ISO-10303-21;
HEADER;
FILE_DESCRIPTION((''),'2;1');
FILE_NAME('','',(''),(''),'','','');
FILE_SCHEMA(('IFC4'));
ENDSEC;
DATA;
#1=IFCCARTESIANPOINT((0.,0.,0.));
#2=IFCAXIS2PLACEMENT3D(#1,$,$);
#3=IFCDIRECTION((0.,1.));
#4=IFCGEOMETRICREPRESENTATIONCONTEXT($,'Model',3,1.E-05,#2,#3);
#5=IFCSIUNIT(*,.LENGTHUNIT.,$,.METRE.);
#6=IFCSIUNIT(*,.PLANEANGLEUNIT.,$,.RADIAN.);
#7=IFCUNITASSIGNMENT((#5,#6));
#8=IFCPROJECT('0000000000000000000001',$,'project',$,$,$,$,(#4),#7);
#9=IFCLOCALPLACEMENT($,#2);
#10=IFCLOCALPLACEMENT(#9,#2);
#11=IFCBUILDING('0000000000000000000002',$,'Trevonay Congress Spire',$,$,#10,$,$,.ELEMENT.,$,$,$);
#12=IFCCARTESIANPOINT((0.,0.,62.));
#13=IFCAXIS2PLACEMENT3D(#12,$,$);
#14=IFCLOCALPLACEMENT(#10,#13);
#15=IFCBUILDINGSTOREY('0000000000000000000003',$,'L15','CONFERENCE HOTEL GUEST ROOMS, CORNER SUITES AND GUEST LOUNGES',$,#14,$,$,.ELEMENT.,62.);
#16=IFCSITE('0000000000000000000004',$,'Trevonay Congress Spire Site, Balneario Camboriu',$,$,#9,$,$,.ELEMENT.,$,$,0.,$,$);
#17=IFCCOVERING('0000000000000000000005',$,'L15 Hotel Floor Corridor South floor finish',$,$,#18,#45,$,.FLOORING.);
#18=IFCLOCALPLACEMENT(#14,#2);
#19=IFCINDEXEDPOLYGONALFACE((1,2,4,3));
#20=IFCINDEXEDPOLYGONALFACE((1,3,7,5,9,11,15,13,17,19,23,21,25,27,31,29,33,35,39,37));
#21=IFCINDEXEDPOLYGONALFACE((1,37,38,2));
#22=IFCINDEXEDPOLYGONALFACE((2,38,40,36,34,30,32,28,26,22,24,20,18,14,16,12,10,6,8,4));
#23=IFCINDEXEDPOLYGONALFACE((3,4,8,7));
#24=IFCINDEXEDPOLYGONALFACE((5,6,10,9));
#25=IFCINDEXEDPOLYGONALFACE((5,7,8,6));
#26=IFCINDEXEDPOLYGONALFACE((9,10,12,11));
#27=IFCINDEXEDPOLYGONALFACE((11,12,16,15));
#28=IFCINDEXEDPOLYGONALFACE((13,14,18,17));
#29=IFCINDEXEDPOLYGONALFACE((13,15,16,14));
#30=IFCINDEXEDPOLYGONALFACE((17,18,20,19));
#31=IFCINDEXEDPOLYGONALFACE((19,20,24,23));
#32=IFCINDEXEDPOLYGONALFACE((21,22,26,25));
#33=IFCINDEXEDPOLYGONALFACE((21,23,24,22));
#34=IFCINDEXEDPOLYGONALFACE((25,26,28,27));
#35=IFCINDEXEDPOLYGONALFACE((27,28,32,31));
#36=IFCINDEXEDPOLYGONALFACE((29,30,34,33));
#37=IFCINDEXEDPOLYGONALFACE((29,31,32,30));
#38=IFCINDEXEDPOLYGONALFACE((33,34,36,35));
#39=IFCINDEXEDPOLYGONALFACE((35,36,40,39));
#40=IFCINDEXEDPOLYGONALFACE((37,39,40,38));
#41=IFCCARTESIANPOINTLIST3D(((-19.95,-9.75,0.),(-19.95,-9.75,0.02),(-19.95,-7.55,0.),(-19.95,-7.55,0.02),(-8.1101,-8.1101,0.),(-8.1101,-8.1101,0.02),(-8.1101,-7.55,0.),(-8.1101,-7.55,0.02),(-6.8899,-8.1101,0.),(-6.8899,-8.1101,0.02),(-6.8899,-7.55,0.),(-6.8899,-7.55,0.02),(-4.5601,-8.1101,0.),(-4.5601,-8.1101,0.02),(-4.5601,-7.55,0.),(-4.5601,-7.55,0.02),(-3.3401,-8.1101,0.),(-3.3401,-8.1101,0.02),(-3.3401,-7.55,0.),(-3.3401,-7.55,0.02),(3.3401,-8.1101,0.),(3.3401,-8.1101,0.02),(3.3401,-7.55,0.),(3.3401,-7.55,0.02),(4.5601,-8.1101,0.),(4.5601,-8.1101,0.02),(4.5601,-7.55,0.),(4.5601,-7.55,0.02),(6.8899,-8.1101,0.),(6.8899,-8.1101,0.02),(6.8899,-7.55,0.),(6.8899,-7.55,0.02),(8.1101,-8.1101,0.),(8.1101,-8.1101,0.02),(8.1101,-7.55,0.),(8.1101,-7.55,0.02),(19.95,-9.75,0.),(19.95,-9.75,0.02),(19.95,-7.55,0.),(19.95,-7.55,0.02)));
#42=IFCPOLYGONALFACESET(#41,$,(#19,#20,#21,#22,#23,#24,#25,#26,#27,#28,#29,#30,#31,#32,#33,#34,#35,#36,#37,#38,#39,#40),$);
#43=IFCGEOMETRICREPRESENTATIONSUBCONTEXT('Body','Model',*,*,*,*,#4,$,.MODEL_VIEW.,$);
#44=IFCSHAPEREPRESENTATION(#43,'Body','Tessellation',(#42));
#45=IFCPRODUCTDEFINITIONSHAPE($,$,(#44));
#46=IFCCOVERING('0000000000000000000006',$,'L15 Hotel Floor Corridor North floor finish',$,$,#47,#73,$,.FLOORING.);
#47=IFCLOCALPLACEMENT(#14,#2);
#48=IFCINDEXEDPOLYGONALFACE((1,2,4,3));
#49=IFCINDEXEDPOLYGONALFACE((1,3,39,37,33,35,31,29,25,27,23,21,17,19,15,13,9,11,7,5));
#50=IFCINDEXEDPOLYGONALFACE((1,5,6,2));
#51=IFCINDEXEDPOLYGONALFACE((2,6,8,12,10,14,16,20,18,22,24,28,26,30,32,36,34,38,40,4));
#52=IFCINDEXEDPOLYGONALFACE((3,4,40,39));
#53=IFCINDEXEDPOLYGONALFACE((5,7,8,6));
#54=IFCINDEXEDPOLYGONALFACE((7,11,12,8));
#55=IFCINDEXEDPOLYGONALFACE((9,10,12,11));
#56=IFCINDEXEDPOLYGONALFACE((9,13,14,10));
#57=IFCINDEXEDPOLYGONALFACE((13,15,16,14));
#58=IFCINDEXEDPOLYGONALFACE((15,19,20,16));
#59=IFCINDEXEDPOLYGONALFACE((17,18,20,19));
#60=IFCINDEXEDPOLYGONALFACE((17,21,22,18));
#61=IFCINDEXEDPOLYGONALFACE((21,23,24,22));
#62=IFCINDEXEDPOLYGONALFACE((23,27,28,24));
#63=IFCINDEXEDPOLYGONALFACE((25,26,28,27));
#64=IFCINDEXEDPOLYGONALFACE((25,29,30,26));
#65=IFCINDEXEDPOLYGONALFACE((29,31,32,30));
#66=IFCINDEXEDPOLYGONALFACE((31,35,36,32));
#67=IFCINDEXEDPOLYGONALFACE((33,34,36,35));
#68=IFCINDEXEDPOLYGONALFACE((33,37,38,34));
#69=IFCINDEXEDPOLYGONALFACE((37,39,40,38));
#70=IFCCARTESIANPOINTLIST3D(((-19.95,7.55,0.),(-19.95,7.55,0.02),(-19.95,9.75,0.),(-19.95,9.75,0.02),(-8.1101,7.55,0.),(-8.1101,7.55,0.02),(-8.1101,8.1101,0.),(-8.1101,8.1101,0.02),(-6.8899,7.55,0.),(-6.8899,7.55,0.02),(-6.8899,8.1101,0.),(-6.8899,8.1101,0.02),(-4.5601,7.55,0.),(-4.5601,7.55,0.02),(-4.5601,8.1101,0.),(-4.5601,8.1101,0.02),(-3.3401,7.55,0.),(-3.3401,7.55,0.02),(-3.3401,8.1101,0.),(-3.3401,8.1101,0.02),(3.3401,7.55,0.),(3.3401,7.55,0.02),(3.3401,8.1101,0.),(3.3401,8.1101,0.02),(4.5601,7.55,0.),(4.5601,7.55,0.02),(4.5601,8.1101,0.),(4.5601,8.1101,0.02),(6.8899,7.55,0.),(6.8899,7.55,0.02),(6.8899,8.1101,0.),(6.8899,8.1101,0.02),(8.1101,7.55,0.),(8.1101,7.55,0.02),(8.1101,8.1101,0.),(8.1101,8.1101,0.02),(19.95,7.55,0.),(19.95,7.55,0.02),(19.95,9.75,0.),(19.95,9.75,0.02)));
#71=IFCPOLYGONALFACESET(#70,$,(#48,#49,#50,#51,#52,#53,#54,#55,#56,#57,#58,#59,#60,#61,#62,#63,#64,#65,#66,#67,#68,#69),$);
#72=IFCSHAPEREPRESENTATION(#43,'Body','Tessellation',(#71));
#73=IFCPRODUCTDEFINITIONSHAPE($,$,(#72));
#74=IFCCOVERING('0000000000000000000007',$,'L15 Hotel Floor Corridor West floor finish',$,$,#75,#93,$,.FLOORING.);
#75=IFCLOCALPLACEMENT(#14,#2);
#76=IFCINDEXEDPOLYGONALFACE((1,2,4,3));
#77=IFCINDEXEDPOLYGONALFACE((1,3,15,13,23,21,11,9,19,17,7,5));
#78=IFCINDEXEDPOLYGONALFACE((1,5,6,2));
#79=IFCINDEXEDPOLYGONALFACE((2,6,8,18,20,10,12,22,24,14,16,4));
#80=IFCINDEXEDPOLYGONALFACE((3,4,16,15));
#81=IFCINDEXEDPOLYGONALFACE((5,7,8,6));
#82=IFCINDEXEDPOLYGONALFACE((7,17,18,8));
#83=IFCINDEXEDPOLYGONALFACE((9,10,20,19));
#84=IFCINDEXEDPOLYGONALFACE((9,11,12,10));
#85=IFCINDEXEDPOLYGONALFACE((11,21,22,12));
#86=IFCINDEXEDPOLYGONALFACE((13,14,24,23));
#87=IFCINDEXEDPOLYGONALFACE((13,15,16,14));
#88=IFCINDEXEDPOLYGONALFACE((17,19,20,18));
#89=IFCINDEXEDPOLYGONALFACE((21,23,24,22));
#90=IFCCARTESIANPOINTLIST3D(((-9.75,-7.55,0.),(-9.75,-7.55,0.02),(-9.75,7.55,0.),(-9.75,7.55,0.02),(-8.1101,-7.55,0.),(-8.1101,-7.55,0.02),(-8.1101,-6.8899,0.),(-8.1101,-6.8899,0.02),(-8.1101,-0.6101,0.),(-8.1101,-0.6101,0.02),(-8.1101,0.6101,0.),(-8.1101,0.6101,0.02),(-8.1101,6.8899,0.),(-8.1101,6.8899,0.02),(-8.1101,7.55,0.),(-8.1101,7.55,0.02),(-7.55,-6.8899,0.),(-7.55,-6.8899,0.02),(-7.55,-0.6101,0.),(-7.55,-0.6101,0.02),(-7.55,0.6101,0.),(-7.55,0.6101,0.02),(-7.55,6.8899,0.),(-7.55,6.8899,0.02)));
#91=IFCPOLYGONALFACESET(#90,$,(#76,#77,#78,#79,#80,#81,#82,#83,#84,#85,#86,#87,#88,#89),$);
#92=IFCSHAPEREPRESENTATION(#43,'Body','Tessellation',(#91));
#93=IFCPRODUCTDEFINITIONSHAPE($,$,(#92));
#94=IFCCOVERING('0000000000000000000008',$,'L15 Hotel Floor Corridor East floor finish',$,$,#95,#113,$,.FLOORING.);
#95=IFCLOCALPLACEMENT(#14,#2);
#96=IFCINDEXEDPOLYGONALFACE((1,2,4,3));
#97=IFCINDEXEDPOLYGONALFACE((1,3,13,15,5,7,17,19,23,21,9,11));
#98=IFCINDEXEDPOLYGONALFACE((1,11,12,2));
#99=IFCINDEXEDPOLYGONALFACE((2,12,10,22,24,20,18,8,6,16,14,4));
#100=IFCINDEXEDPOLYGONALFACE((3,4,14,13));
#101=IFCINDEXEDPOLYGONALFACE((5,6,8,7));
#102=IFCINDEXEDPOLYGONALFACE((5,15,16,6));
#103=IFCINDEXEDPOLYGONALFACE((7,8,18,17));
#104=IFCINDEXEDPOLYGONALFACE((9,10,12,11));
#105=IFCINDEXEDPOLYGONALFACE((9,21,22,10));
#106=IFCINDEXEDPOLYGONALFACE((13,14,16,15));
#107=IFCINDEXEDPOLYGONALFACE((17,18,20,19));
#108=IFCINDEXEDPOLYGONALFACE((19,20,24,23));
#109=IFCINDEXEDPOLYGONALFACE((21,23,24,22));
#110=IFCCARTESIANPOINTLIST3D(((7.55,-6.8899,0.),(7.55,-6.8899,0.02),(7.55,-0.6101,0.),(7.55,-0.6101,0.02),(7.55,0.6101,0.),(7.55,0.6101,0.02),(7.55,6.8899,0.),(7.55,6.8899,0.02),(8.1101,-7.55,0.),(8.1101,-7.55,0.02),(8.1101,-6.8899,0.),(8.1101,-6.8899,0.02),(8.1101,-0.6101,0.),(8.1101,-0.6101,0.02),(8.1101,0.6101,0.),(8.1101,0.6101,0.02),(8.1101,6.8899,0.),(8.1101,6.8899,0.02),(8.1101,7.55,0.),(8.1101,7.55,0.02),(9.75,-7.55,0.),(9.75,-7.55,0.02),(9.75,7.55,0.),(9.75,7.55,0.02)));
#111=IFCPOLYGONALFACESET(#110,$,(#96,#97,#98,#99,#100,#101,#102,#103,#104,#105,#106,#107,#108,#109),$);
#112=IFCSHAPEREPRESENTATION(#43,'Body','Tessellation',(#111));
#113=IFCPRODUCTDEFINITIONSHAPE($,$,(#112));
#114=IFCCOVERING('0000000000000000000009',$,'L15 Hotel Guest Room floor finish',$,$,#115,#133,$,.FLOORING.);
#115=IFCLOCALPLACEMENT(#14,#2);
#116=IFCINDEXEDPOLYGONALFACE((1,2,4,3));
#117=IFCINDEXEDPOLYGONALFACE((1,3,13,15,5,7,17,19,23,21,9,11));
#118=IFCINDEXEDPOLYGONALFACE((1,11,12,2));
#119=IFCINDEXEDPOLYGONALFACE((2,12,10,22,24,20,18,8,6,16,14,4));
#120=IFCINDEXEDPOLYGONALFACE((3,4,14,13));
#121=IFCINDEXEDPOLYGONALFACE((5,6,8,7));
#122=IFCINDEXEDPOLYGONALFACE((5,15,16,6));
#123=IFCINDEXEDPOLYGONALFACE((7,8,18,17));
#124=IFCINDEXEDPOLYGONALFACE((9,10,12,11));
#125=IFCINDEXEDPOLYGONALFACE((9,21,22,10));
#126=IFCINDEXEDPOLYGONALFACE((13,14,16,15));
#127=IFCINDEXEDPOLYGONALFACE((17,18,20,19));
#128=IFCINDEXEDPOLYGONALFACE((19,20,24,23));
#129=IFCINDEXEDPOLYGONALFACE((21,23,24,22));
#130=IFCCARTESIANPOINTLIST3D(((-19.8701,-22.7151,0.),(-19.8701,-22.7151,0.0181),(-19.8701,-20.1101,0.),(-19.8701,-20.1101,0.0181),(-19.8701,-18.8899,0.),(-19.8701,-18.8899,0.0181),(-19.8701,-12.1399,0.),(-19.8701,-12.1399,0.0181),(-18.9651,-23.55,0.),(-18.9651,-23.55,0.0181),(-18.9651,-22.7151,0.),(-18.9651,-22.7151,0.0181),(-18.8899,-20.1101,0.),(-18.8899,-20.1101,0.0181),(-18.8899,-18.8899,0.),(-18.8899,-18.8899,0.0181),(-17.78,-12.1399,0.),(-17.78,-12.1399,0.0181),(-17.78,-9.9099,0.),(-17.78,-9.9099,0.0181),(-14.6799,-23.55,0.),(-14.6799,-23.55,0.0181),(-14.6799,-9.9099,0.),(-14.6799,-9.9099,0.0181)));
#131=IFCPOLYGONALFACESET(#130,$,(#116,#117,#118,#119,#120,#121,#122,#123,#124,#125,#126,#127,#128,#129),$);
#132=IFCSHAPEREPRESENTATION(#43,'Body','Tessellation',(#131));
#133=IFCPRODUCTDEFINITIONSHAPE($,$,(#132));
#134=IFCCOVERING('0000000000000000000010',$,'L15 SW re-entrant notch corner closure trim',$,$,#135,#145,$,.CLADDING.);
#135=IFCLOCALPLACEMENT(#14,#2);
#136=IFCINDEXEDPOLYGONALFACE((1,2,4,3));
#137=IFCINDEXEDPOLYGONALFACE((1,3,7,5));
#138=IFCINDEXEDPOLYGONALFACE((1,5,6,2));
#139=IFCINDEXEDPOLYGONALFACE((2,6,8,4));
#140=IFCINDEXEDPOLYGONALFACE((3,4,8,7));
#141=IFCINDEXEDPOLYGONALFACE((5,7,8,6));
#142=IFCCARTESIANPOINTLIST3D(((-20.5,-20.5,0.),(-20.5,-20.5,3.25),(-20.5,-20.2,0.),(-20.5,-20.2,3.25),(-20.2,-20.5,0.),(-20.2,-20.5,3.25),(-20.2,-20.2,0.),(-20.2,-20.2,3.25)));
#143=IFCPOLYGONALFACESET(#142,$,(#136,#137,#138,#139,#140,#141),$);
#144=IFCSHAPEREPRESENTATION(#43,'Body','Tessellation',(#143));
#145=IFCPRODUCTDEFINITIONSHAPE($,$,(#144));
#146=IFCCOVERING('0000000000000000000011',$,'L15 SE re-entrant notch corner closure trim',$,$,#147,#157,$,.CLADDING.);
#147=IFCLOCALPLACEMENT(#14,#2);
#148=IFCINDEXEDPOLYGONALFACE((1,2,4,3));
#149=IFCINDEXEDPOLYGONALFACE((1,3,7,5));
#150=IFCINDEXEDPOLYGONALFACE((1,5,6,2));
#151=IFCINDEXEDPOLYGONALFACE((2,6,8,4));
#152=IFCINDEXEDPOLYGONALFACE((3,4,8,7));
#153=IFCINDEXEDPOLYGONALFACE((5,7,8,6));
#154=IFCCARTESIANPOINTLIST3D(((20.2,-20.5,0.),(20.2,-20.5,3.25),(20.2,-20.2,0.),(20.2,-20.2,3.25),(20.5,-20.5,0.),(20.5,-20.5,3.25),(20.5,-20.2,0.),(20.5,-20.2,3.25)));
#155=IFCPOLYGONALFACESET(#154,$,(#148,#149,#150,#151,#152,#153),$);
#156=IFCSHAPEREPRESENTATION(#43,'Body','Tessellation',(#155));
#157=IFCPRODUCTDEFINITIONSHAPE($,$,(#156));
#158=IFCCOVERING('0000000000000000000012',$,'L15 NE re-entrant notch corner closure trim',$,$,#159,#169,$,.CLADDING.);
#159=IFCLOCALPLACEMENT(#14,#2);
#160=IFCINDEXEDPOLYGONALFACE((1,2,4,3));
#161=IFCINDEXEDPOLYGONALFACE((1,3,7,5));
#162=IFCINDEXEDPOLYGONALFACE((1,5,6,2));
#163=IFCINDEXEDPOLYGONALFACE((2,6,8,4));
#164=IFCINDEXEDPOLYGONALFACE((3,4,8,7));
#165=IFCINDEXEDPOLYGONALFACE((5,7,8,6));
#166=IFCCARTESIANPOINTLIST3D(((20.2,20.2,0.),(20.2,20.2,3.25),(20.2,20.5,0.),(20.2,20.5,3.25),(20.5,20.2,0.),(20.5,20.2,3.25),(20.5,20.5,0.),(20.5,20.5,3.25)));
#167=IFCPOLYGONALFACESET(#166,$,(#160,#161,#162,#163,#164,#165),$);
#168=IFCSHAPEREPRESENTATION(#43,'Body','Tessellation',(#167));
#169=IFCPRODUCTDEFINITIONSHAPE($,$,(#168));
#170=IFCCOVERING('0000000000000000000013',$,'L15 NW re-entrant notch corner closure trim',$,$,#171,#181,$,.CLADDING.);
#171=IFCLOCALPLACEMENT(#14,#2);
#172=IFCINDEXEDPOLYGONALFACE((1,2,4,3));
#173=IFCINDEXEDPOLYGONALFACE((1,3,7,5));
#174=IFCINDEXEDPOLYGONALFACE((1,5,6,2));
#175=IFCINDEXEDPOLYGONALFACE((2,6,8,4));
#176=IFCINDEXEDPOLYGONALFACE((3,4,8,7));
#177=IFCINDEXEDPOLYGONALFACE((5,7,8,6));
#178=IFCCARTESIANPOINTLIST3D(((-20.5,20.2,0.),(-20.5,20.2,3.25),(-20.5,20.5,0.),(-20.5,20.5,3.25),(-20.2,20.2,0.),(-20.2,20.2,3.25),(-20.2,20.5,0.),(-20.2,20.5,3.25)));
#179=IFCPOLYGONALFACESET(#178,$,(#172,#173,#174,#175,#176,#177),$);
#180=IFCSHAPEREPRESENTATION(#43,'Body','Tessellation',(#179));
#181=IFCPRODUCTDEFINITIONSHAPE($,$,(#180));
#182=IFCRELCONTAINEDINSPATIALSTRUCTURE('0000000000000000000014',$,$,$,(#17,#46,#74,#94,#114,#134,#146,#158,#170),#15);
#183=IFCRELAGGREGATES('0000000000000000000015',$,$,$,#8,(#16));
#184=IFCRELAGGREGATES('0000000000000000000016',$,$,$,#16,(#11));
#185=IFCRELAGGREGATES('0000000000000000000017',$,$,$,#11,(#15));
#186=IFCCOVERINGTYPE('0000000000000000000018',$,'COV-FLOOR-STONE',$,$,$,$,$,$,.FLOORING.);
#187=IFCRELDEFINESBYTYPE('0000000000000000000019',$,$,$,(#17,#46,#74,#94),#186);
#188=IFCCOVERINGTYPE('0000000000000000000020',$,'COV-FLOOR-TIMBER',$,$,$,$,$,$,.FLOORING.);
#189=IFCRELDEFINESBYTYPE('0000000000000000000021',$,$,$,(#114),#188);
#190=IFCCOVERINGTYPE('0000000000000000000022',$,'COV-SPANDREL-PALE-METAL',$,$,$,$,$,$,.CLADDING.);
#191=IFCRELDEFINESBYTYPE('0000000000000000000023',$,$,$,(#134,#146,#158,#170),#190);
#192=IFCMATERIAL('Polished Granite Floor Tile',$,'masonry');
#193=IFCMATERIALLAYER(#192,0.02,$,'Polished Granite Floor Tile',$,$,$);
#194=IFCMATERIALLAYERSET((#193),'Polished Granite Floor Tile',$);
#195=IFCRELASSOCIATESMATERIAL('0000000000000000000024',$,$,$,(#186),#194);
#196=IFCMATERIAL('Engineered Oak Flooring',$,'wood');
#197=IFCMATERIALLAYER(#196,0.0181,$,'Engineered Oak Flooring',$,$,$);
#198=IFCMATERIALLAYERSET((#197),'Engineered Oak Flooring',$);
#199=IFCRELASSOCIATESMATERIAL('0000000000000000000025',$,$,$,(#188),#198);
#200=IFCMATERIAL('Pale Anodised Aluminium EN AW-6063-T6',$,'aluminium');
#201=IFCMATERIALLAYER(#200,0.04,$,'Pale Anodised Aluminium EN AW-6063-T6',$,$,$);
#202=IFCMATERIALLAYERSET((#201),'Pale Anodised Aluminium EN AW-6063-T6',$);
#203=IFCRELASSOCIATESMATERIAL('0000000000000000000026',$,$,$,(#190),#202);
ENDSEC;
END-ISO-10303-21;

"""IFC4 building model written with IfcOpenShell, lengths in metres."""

from ifc_helpers import new_model, si_unit, direction, frame, origin, place, context, subcontext, project, spatial, polyline, outline, extrude, material, layer, layer_set, type_object, element, save


model = new_model("IFC4")

# Units and contexts
model_context = context("Model", 3, precision=1e-05, world=origin(), true_north=direction((0.0, 1.0)))
body_context = subcontext(model_context, "Body", "Model", "MODEL_VIEW")
ifc_project = project(units=[si_unit("LENGTHUNIT", "METRE"), si_unit("PLANEANGLEUNIT", "RADIAN")], contexts=[model_context])

# Site, building, storey
site_placement = place(None, origin())
site = spatial("IfcSite", under=ifc_project, at=site_placement, Name="Trevonay Congress Spire Site, Balneario Camboriu", CompositionType="ELEMENT", RefElevation=0.0)
building_placement = place(site_placement, origin())
building = spatial("IfcBuilding", under=site, at=building_placement, Name="Trevonay Congress Spire", CompositionType="ELEMENT")
storey_placement = place(building_placement, frame((0.0, 0.0, 62.0)))
storey = spatial("IfcBuildingStorey", under=building, at=storey_placement, Name="L15", Description="CONFERENCE HOTEL GUEST ROOMS, CORNER SUITES AND GUEST LOUNGES", CompositionType="ELEMENT", Elevation=62.0)

# Shared definitions
ifc_material_1 = material(Name="Pale Anodised Aluminium EN AW-6063-T6", Category="aluminium")

# Coverings
ifc_material_2 = material(Name="Polished Granite Floor Tile", Category="masonry")
ifc_layer_1 = layer(ifc_material_2, 0.02, Name="Polished Granite Floor Tile")
ifc_layer_set_1 = layer_set([ifc_layer_1], Name="Polished Granite Floor Tile")
covering_type_1 = type_object("IfcCoveringType", Name="COV-FLOOR-STONE", PredefinedType="FLOORING", material=ifc_layer_set_1)
covering_1_placement = place(storey_placement, origin())
element("IfcCovering", 1, at=covering_1_placement, inside=storey, type_object=covering_type_1, Name="L15 Hotel Floor Corridor South floor finish", PredefinedType="FLOORING", context=body_context, shape_type="SweptSolid", body=[
    extrude(outline(polyline([(19.95, -7.55), (19.95, -9.75), (-19.95, -9.75), (-19.95, -7.55), (-8.1101, -7.55), (-8.1101, -8.1101), (-6.8899, -8.1101), (-6.8899, -7.55), (-4.5601, -7.55), (-4.5601, -8.1101), (-3.3401, -8.1101), (-3.3401, -7.55), (3.3401, -7.55), (3.3401, -8.1101), (4.5601, -8.1101), (4.5601, -7.55), (6.8899, -7.55), (6.8899, -8.1101), (8.1101, -8.1101), (8.1101, -7.55), (19.95, -7.55)])), origin(), (0.0, 0.0, 1.0), 0.02),
])
covering_2_placement = place(storey_placement, origin())
element("IfcCovering", 2, at=covering_2_placement, inside=storey, type_object=covering_type_1, Name="L15 Hotel Floor Corridor North floor finish", PredefinedType="FLOORING", context=body_context, shape_type="SweptSolid", body=[
    extrude(outline(polyline([(-19.95, 7.55), (-19.95, 9.75), (19.95, 9.75), (19.95, 7.55), (8.1101, 7.55), (8.1101, 8.1101), (6.8899, 8.1101), (6.8899, 7.55), (4.5601, 7.55), (4.5601, 8.1101), (3.3401, 8.1101), (3.3401, 7.55), (-3.3401, 7.55), (-3.3401, 8.1101), (-4.5601, 8.1101), (-4.5601, 7.55), (-6.8899, 7.55), (-6.8899, 8.1101), (-8.1101, 8.1101), (-8.1101, 7.55), (-19.95, 7.55)])), origin(), (0.0, 0.0, 1.0), 0.02),
])
covering_3_placement = place(storey_placement, origin())
element("IfcCovering", 3, at=covering_3_placement, inside=storey, type_object=covering_type_1, Name="L15 Hotel Floor Corridor West floor finish", PredefinedType="FLOORING", context=body_context, shape_type="SweptSolid", body=[
    extrude(outline(polyline([(-9.75, 7.55), (-8.1101, 7.55), (-8.1101, 6.8899), (-7.55, 6.8899), (-7.55, 0.6101), (-8.1101, 0.6101), (-8.1101, -0.6101), (-7.55, -0.6101), (-7.55, -6.8899), (-8.1101, -6.8899), (-8.1101, -7.55), (-9.75, -7.55), (-9.75, 7.55)])), origin(), (0.0, 0.0, 1.0), 0.02),
])
covering_4_placement = place(storey_placement, origin())
element("IfcCovering", 4, at=covering_4_placement, inside=storey, type_object=covering_type_1, Name="L15 Hotel Floor Corridor East floor finish", PredefinedType="FLOORING", context=body_context, shape_type="SweptSolid", body=[
    extrude(outline(polyline([(9.75, -7.55), (8.1101, -7.55), (8.1101, -6.8899), (7.55, -6.8899), (7.55, -0.6101), (8.1101, -0.6101), (8.1101, 0.6101), (7.55, 0.6101), (7.55, 6.8899), (8.1101, 6.8899), (8.1101, 7.55), (9.75, 7.55), (9.75, -7.55)])), origin(), (0.0, 0.0, 1.0), 0.02),
])
ifc_material_3 = material(Name="Engineered Oak Flooring", Category="wood")
ifc_layer_2 = layer(ifc_material_3, 0.0181, Name="Engineered Oak Flooring")
ifc_layer_set_2 = layer_set([ifc_layer_2], Name="Engineered Oak Flooring")
covering_type_2 = type_object("IfcCoveringType", Name="COV-FLOOR-TIMBER", PredefinedType="FLOORING", material=ifc_layer_set_2)
covering_5_placement = place(storey_placement, origin())
element("IfcCovering", 5, at=covering_5_placement, inside=storey, type_object=covering_type_2, Name="L15 Hotel Guest Room floor finish", PredefinedType="FLOORING", context=body_context, shape_type="SweptSolid", body=[
    extrude(outline(polyline([(-19.8701, -12.1399), (-17.78, -12.1399), (-17.78, -9.9099), (-14.6799, -9.9099), (-14.6799, -23.55), (-18.9651, -23.55), (-18.9651, -22.7151), (-19.8701, -22.7151), (-19.8701, -20.1101), (-18.8899, -20.1101), (-18.8899, -18.8899), (-19.8701, -18.8899), (-19.8701, -12.1399)])), origin(), (0.0, 0.0, 1.0), 0.0181),
])
ifc_layer_3 = layer(ifc_material_1, 0.04, Name="Pale Anodised Aluminium EN AW-6063-T6")
ifc_layer_set_3 = layer_set([ifc_layer_3], Name="Pale Anodised Aluminium EN AW-6063-T6")
covering_type_3 = type_object("IfcCoveringType", Name="COV-SPANDREL-PALE-METAL", PredefinedType="CLADDING", material=ifc_layer_set_3)
covering_6_placement = place(storey_placement, origin())
element("IfcCovering", 6, at=covering_6_placement, inside=storey, type_object=covering_type_3, Name="L15 SW re-entrant notch corner closure trim", PredefinedType="CLADDING", context=body_context, shape_type="SweptSolid", body=[
    extrude(outline(polyline([(-20.5, -20.5), (-20.2, -20.5), (-20.2, -20.2), (-20.5, -20.2), (-20.5, -20.5)])), origin(), (0.0, 0.0, 1.0), 3.25),
])
covering_7_placement = place(storey_placement, origin())
element("IfcCovering", 7, at=covering_7_placement, inside=storey, type_object=covering_type_3, Name="L15 SE re-entrant notch corner closure trim", PredefinedType="CLADDING", context=body_context, shape_type="SweptSolid", body=[
    extrude(outline(polyline([(20.2, -20.5), (20.5, -20.5), (20.5, -20.2), (20.2, -20.2), (20.2, -20.5)])), origin(), (0.0, 0.0, 1.0), 3.25),
])
covering_8_placement = place(storey_placement, origin())
element("IfcCovering", 8, at=covering_8_placement, inside=storey, type_object=covering_type_3, Name="L15 NE re-entrant notch corner closure trim", PredefinedType="CLADDING", context=body_context, shape_type="SweptSolid", body=[
    extrude(outline(polyline([(20.2, 20.2), (20.5, 20.2), (20.5, 20.5), (20.2, 20.5), (20.2, 20.2)])), origin(), (0.0, 0.0, 1.0), 3.25),
])
covering_9_placement = place(storey_placement, origin())
element("IfcCovering", 9, at=covering_9_placement, inside=storey, type_object=covering_type_3, Name="L15 NW re-entrant notch corner closure trim", PredefinedType="CLADDING", context=body_context, shape_type="SweptSolid", body=[
    extrude(outline(polyline([(-20.5, 20.2), (-20.2, 20.2), (-20.2, 20.5), (-20.5, 20.5), (-20.5, 20.2)])), origin(), (0.0, 0.0, 1.0), 3.25),
])

save(model, "model.ifc")
